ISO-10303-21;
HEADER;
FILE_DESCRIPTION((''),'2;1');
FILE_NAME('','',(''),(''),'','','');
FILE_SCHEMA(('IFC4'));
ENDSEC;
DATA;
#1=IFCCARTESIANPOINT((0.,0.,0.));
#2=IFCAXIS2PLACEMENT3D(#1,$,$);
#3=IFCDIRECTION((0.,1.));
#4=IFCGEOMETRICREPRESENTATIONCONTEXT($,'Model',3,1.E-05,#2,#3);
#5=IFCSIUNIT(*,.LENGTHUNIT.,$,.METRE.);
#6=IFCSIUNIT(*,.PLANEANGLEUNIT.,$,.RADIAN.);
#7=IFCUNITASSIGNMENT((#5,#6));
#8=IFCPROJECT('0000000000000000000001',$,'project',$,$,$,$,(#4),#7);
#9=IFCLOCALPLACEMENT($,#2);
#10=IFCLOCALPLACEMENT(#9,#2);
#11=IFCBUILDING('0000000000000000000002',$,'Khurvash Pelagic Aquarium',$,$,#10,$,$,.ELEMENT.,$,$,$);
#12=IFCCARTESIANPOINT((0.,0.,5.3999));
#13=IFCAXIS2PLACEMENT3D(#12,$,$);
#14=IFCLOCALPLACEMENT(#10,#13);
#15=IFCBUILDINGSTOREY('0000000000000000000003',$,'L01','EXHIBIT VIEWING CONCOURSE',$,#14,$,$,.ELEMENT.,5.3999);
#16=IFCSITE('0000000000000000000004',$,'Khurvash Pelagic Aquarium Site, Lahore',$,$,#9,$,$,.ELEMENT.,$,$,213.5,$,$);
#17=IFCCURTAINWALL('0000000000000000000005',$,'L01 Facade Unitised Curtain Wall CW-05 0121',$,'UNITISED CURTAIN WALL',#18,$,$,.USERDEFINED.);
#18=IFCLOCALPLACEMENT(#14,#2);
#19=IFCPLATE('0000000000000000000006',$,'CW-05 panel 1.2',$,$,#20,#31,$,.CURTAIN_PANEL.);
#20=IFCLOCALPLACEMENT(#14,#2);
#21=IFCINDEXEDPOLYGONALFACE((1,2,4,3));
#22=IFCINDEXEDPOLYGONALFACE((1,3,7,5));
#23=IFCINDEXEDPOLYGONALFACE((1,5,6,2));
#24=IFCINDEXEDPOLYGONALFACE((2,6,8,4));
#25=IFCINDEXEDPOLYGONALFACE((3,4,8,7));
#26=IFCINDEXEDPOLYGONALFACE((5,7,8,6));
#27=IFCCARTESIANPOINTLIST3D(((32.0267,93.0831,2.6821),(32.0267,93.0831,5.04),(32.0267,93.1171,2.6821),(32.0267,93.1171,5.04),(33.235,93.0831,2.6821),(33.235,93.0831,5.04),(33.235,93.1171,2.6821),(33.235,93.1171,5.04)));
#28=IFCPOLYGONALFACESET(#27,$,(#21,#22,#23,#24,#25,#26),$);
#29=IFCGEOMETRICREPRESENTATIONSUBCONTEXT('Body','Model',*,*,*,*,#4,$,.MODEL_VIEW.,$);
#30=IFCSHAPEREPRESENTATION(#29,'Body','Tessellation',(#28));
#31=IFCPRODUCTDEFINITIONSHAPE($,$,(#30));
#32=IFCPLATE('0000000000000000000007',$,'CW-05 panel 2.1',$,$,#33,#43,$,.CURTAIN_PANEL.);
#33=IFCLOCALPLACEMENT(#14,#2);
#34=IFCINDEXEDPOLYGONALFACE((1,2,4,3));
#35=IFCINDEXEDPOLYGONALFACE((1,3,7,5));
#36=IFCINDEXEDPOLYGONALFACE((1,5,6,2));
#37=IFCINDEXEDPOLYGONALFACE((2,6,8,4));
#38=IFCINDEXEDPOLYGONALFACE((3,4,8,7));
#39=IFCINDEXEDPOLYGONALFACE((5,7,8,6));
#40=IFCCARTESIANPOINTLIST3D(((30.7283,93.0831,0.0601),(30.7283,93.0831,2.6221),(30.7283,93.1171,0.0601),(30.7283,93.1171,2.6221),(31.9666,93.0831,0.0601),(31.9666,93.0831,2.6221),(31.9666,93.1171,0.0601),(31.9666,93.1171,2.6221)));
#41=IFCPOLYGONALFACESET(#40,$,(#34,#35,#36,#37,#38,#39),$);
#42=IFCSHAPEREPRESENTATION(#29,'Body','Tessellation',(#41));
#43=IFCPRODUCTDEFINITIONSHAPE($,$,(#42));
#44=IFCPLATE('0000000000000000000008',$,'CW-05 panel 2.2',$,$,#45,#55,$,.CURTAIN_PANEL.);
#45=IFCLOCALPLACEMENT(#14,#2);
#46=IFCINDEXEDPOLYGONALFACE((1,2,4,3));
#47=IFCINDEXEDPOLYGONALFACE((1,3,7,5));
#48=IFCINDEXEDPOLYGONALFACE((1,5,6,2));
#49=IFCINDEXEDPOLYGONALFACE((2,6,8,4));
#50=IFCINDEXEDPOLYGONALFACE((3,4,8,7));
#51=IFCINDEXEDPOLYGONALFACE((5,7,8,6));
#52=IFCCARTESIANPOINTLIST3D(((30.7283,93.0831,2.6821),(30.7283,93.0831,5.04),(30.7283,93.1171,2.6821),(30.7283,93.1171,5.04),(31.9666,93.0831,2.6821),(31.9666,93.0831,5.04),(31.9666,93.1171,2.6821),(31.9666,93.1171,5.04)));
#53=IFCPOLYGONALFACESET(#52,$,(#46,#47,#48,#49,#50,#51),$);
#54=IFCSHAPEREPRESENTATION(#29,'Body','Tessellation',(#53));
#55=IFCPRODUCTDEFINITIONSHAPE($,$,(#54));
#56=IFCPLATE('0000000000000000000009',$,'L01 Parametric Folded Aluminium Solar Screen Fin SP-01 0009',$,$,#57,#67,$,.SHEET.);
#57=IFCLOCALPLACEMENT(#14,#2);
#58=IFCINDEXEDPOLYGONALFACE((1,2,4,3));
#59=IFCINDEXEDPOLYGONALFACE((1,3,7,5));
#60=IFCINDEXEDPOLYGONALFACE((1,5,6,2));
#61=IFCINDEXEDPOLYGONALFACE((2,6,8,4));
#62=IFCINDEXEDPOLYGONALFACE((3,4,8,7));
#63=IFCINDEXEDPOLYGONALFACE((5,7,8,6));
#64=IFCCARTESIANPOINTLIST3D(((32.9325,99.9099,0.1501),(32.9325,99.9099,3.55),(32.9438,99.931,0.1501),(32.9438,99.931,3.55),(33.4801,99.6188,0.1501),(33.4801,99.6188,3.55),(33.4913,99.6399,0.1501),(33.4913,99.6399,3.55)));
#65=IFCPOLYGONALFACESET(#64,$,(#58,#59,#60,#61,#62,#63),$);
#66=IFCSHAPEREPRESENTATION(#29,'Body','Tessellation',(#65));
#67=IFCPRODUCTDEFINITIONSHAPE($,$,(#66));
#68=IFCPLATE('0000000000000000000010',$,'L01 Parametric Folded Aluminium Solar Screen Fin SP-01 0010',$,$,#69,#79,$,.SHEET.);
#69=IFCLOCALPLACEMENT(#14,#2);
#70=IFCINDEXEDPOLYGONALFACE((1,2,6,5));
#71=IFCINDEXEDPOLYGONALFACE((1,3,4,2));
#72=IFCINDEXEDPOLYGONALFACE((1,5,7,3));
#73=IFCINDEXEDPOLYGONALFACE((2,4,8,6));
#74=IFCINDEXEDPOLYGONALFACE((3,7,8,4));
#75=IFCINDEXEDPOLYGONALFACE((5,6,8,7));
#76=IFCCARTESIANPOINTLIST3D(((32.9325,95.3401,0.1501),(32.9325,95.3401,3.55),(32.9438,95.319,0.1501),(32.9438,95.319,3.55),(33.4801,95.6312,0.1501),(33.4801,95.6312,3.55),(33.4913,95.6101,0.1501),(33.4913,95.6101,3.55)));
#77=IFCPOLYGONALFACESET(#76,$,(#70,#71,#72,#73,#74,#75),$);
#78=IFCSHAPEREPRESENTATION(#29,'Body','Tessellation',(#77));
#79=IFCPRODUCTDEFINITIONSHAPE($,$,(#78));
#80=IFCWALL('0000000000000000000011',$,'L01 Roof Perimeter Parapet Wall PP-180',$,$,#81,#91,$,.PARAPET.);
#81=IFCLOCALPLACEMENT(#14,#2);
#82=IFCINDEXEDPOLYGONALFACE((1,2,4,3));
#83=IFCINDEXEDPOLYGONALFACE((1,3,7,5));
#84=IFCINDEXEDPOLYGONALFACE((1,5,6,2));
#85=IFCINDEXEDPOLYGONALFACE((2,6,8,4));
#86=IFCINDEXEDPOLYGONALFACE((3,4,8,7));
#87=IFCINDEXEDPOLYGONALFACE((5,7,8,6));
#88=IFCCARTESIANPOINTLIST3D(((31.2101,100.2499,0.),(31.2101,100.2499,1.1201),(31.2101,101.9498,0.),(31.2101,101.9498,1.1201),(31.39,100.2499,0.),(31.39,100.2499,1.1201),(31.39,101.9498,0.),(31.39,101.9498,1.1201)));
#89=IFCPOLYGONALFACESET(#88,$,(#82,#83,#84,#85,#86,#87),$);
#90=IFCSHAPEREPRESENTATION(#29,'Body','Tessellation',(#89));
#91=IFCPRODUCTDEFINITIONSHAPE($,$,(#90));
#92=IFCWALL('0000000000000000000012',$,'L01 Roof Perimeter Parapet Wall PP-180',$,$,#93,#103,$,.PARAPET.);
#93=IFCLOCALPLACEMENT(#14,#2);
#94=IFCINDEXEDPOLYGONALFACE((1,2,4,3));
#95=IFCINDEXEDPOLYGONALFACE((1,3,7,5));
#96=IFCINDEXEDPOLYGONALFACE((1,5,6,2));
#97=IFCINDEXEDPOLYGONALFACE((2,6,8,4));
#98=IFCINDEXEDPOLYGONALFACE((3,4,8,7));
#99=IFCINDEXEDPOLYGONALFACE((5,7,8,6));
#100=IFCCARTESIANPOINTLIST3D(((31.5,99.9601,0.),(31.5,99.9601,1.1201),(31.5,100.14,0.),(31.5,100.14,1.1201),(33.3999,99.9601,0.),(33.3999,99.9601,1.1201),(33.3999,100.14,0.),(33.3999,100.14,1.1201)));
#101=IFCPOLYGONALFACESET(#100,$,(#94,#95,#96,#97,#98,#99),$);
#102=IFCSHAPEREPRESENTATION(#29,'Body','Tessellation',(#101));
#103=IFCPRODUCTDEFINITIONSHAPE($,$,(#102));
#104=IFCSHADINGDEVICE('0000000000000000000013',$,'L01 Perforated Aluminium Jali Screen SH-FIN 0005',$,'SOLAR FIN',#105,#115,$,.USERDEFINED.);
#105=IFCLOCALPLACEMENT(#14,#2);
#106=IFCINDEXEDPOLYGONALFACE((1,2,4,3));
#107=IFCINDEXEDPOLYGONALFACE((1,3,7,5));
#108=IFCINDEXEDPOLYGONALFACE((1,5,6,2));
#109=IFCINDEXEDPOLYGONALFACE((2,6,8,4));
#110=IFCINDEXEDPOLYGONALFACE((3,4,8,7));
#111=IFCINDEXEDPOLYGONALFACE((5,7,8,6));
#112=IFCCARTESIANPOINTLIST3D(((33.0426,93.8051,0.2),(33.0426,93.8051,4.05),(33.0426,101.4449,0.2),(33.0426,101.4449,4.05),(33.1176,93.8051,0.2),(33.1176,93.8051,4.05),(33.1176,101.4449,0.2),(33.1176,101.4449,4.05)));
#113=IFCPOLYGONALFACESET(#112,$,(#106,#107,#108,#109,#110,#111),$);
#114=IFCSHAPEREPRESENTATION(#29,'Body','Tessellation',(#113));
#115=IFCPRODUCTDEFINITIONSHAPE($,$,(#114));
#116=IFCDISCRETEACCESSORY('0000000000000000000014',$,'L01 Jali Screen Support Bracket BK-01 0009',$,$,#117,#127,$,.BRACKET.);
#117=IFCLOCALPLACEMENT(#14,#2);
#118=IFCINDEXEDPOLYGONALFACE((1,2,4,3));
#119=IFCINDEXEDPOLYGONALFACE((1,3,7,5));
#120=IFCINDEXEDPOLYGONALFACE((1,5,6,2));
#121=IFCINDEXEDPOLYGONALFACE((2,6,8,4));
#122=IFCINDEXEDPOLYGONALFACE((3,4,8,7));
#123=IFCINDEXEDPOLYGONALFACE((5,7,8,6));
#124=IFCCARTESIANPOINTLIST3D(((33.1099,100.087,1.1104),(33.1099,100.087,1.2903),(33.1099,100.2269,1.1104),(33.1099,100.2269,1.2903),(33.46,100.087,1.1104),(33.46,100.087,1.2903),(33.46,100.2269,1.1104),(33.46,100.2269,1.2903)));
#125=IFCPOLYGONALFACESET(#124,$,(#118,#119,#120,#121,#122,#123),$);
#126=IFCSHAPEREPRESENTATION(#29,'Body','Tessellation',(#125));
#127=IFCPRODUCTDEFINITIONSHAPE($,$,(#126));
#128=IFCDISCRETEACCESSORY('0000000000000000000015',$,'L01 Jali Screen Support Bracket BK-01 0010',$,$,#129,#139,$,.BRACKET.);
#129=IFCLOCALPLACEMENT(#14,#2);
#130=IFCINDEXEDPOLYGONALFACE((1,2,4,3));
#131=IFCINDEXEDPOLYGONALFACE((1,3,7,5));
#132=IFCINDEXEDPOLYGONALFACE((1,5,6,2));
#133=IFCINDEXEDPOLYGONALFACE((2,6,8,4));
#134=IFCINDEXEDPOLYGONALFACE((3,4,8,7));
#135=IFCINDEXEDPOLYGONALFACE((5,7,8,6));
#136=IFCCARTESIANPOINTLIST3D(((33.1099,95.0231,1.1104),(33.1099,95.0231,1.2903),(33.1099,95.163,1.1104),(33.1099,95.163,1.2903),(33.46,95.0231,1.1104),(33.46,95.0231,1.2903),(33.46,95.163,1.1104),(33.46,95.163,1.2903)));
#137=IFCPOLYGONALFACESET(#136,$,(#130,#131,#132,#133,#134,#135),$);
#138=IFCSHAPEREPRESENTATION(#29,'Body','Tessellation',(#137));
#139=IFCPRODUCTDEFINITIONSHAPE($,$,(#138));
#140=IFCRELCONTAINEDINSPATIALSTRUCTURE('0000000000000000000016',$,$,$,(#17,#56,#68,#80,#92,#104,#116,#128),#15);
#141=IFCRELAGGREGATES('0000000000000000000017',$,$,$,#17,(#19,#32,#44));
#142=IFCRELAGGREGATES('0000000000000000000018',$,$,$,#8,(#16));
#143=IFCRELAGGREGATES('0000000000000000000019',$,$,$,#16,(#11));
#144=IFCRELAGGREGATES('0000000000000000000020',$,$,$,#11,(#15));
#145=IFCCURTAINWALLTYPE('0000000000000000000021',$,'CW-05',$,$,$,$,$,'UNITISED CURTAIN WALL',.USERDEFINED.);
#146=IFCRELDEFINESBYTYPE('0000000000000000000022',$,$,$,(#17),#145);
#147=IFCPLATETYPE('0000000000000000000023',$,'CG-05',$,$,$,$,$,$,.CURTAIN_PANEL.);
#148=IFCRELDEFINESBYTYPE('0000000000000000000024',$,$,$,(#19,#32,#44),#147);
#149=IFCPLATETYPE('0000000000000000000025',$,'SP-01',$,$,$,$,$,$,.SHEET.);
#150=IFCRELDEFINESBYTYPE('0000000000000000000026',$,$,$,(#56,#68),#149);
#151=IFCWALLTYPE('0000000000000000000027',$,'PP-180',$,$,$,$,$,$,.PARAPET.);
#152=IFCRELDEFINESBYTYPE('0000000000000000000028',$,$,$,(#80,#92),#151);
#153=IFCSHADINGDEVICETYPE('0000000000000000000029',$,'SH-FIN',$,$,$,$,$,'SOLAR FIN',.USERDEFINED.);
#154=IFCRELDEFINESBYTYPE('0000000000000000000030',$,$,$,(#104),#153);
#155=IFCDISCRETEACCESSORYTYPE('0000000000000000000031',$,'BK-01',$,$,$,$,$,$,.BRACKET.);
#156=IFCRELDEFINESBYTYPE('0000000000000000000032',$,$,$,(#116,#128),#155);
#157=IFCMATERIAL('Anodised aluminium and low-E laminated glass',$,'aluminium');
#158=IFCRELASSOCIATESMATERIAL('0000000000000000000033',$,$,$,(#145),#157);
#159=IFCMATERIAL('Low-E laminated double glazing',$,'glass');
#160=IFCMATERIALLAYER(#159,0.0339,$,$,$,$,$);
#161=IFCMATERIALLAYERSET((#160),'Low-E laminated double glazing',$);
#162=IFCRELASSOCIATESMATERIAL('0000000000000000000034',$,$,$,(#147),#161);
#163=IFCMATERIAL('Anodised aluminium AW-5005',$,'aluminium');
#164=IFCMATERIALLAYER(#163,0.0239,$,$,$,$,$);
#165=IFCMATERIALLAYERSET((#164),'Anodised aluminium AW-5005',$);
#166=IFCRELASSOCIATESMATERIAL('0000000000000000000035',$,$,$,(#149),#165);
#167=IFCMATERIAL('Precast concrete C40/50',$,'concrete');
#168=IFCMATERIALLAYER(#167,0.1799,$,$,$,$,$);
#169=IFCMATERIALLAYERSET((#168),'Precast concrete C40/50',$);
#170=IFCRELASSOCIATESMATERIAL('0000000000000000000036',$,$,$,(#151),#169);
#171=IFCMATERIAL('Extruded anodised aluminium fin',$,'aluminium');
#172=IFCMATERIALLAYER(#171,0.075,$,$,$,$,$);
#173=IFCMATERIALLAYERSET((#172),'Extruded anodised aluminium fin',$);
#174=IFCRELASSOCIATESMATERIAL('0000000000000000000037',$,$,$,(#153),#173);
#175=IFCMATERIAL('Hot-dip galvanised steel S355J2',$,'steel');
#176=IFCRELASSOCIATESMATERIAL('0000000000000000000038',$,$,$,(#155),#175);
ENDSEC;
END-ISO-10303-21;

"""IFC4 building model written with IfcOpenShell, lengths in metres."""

from ifc_helpers import new_model, si_unit, direction, frame, frame_2d, origin, origin_2d, place, context, subcontext, project, spatial, rectangle, extrude, material, layer, layer_set, type_object, element, aggregate, save


model = new_model("IFC4")

# Units and contexts
model_context = context("Model", 3, precision=1e-05, world=origin(), true_north=direction((0.0, 1.0)))
body_context = subcontext(model_context, "Body", "Model", "MODEL_VIEW")
ifc_project = project(units=[si_unit("LENGTHUNIT", "METRE"), si_unit("PLANEANGLEUNIT", "RADIAN")], contexts=[model_context])

# Site, building, storey
site_placement = place(None, origin())
site = spatial("IfcSite", under=ifc_project, at=site_placement, Name="Khurvash Pelagic Aquarium Site, Lahore", CompositionType="ELEMENT", RefElevation=213.5)
building_placement = place(site_placement, origin())
building = spatial("IfcBuilding", under=site, at=building_placement, Name="Khurvash Pelagic Aquarium", CompositionType="ELEMENT")
storey_placement = place(building_placement, frame((0.0, 0.0, 5.3999)))
storey = spatial("IfcBuildingStorey", under=building, at=storey_placement, Name="L01", Description="EXHIBIT VIEWING CONCOURSE", CompositionType="ELEMENT", Elevation=5.3999)

# Curtain wall, plates
ifc_material_1 = material(Name="Anodised aluminium and low-E laminated glass", Category="aluminium")
curtain_wall_type = type_object("IfcCurtainWallType", Name="CW-05", ElementType="UNITISED CURTAIN WALL", PredefinedType="USERDEFINED", material=ifc_material_1)
curtain_wall_placement = place(storey_placement, origin())
curtain_wall = element("IfcCurtainWall", 1, at=curtain_wall_placement, inside=storey, type_object=curtain_wall_type, Name="L01 Facade Unitised Curtain Wall CW-05 0121", ObjectType="UNITISED CURTAIN WALL", PredefinedType="USERDEFINED")
ifc_material_2 = material(Name="Low-E laminated double glazing", Category="glass")
ifc_layer_1 = layer(ifc_material_2, 0.0339)
ifc_layer_set_1 = layer_set([ifc_layer_1], Name="Low-E laminated double glazing")
plate_type_1 = type_object("IfcPlateType", Name="CG-05", PredefinedType="CURTAIN_PANEL", material=ifc_layer_set_1)
plate_1_placement = place(storey_placement, frame((32.6309, 93.1001, 2.6821), z_axis=(0.0, 0.0, 1.0), x_axis=(-1.0, 0.0, 0.0)))
plate_1 = element("IfcPlate", 2, at=plate_1_placement, type_object=plate_type_1, Name="CW-05 panel 1.2", PredefinedType="CURTAIN_PANEL", context=body_context, shape_type="SweptSolid", body=[
    extrude(rectangle(XDim=1.2083, YDim=0.0339, at=origin_2d()), origin(), (0.0, 0.0, 1.0), 2.3579),
])
plate_2_placement = place(storey_placement, frame((31.3474, 93.1001, 0.0601), z_axis=(0.0, 0.0, 1.0), x_axis=(-1.0, 0.0, 0.0)))
plate_2 = element("IfcPlate", 3, at=plate_2_placement, type_object=plate_type_1, Name="CW-05 panel 2.1", PredefinedType="CURTAIN_PANEL", context=body_context, shape_type="SweptSolid", body=[
    extrude(rectangle(XDim=1.2383, YDim=0.0339, at=origin_2d()), origin(), (0.0, 0.0, 1.0), 2.562),
])
plate_3_placement = place(storey_placement, frame((31.3474, 93.1001, 2.6821), z_axis=(0.0, 0.0, 1.0), x_axis=(-1.0, 0.0, 0.0)))
plate_3 = element("IfcPlate", 4, at=plate_3_placement, type_object=plate_type_1, Name="CW-05 panel 2.2", PredefinedType="CURTAIN_PANEL", context=body_context, shape_type="SweptSolid", body=[
    extrude(rectangle(XDim=1.2383, YDim=0.0339, at=origin_2d()), origin(), (0.0, 0.0, 1.0), 2.3579),
])
aggregate(curtain_wall, [plate_1, plate_2, plate_3])

# Plates
ifc_material_3 = material(Name="Anodised aluminium AW-5005", Category="aluminium")
ifc_layer_2 = layer(ifc_material_3, 0.0239)
ifc_layer_set_2 = layer_set([ifc_layer_2], Name="Anodised aluminium AW-5005")
plate_type_2 = type_object("IfcPlateType", Name="SP-01", PredefinedType="SHEET", material=ifc_layer_set_2)
for number, where, z_axis, x_axis, name in (
    (5, (33.2119, 99.7749, 0.1501), (0.0, 0.0, 1.0), (-0.882948, 0.469472, 0.0), "L01 Parametric Folded Aluminium Solar Screen Fin SP-01 0009"),
    (6, (33.2119, 95.4751, 0.1501), (0.0, 0.0, 1.0), (-0.882948, -0.469472, 0.0), "L01 Parametric Folded Aluminium Solar Screen Fin SP-01 0010"),
):
    element("IfcPlate", number, at=place(storey_placement, frame(where, z_axis=z_axis, x_axis=x_axis)), inside=storey, type_object=plate_type_2, Name=name, PredefinedType="SHEET", context=body_context, shape_type="SweptSolid", body=[
        extrude(rectangle(XDim=0.6201, YDim=0.0239, at=origin_2d()), origin(), (0.0, 0.0, 1.0), 3.3999),
    ])

# Walls
ifc_material_4 = material(Name="Precast concrete C40/50", Category="concrete")
ifc_layer_3 = layer(ifc_material_4, 0.1799)
ifc_layer_set_3 = layer_set([ifc_layer_3], Name="Precast concrete C40/50")
wall_type = type_object("IfcWallType", Name="PP-180", PredefinedType="PARAPET", material=ifc_layer_set_3)
wall_1_placement = place(storey_placement, frame((31.3, 101.95, 0.0), z_axis=(0.0, 0.0, 1.0), x_axis=(0.0, -1.0, 0.0)))
element("IfcWall", 7, at=wall_1_placement, inside=storey, type_object=wall_type, Name="L01 Roof Perimeter Parapet Wall PP-180", PredefinedType="PARAPET", context=body_context, shape_type="SweptSolid", body=[
    extrude(rectangle(XDim=1.7, YDim=0.1799, at=frame_2d((0.8501, 0.0))), origin(), (0.0, 0.0, 1.0), 1.1201),
])
wall_2_placement = place(storey_placement, frame((31.5, 100.05, 0.0), z_axis=(0.0, 0.0, 1.0), x_axis=(1.0, 0.0, 0.0)))
element("IfcWall", 8, at=wall_2_placement, inside=storey, type_object=wall_type, Name="L01 Roof Perimeter Parapet Wall PP-180", PredefinedType="PARAPET", context=body_context, shape_type="SweptSolid", body=[
    extrude(rectangle(XDim=1.8999, YDim=0.1799, at=frame_2d((0.95, 0.0))), origin(), (0.0, 0.0, 1.0), 1.1201),
])

# Shading device
ifc_material_5 = material(Name="Extruded anodised aluminium fin", Category="aluminium")
ifc_layer_4 = layer(ifc_material_5, 0.075)
ifc_layer_set_4 = layer_set([ifc_layer_4], Name="Extruded anodised aluminium fin")
shading_device_type = type_object("IfcShadingDeviceType", Name="SH-FIN", ElementType="SOLAR FIN", PredefinedType="USERDEFINED", material=ifc_layer_set_4)
shading_device_placement = place(storey_placement, frame((33.0801, 97.625, 0.2), z_axis=(0.0, 0.0, 1.0), x_axis=(0.0, -1.0, 0.0)))
element("IfcShadingDevice", 9, at=shading_device_placement, inside=storey, type_object=shading_device_type, Name="L01 Perforated Aluminium Jali Screen SH-FIN 0005", ObjectType="SOLAR FIN", PredefinedType="USERDEFINED", context=body_context, shape_type="SweptSolid", body=[
    extrude(rectangle(XDim=7.6399, YDim=0.075, at=origin_2d()), origin(), (0.0, 0.0, 1.0), 3.8501),
])

# Discrete accessories
ifc_material_6 = material(Name="Hot-dip galvanised steel S355J2", Category="steel")
discrete_accessory_type = type_object("IfcDiscreteAccessoryType", Name="BK-01", PredefinedType="BRACKET", material=ifc_material_6)
for number, where, z_axis, x_axis, name in (
    (10, (33.2849, 100.157, 1.1104), (0.0, 0.0, 1.0), (0.0, -1.0, 0.0), "L01 Jali Screen Support Bracket BK-01 0009"),
    (11, (33.2849, 95.093, 1.1104), (0.0, 0.0, 1.0), (0.0, -1.0, 0.0), "L01 Jali Screen Support Bracket BK-01 0010"),
):
    element("IfcDiscreteAccessory", number, at=place(storey_placement, frame(where, z_axis=z_axis, x_axis=x_axis)), inside=storey, type_object=discrete_accessory_type, Name=name, PredefinedType="BRACKET", context=body_context, shape_type="SweptSolid", body=[
        extrude(rectangle(XDim=0.1399, YDim=0.3501, at=origin_2d()), origin(), (0.0, 0.0, 1.0), 0.1799),
    ])

save(model, "model.ifc")
